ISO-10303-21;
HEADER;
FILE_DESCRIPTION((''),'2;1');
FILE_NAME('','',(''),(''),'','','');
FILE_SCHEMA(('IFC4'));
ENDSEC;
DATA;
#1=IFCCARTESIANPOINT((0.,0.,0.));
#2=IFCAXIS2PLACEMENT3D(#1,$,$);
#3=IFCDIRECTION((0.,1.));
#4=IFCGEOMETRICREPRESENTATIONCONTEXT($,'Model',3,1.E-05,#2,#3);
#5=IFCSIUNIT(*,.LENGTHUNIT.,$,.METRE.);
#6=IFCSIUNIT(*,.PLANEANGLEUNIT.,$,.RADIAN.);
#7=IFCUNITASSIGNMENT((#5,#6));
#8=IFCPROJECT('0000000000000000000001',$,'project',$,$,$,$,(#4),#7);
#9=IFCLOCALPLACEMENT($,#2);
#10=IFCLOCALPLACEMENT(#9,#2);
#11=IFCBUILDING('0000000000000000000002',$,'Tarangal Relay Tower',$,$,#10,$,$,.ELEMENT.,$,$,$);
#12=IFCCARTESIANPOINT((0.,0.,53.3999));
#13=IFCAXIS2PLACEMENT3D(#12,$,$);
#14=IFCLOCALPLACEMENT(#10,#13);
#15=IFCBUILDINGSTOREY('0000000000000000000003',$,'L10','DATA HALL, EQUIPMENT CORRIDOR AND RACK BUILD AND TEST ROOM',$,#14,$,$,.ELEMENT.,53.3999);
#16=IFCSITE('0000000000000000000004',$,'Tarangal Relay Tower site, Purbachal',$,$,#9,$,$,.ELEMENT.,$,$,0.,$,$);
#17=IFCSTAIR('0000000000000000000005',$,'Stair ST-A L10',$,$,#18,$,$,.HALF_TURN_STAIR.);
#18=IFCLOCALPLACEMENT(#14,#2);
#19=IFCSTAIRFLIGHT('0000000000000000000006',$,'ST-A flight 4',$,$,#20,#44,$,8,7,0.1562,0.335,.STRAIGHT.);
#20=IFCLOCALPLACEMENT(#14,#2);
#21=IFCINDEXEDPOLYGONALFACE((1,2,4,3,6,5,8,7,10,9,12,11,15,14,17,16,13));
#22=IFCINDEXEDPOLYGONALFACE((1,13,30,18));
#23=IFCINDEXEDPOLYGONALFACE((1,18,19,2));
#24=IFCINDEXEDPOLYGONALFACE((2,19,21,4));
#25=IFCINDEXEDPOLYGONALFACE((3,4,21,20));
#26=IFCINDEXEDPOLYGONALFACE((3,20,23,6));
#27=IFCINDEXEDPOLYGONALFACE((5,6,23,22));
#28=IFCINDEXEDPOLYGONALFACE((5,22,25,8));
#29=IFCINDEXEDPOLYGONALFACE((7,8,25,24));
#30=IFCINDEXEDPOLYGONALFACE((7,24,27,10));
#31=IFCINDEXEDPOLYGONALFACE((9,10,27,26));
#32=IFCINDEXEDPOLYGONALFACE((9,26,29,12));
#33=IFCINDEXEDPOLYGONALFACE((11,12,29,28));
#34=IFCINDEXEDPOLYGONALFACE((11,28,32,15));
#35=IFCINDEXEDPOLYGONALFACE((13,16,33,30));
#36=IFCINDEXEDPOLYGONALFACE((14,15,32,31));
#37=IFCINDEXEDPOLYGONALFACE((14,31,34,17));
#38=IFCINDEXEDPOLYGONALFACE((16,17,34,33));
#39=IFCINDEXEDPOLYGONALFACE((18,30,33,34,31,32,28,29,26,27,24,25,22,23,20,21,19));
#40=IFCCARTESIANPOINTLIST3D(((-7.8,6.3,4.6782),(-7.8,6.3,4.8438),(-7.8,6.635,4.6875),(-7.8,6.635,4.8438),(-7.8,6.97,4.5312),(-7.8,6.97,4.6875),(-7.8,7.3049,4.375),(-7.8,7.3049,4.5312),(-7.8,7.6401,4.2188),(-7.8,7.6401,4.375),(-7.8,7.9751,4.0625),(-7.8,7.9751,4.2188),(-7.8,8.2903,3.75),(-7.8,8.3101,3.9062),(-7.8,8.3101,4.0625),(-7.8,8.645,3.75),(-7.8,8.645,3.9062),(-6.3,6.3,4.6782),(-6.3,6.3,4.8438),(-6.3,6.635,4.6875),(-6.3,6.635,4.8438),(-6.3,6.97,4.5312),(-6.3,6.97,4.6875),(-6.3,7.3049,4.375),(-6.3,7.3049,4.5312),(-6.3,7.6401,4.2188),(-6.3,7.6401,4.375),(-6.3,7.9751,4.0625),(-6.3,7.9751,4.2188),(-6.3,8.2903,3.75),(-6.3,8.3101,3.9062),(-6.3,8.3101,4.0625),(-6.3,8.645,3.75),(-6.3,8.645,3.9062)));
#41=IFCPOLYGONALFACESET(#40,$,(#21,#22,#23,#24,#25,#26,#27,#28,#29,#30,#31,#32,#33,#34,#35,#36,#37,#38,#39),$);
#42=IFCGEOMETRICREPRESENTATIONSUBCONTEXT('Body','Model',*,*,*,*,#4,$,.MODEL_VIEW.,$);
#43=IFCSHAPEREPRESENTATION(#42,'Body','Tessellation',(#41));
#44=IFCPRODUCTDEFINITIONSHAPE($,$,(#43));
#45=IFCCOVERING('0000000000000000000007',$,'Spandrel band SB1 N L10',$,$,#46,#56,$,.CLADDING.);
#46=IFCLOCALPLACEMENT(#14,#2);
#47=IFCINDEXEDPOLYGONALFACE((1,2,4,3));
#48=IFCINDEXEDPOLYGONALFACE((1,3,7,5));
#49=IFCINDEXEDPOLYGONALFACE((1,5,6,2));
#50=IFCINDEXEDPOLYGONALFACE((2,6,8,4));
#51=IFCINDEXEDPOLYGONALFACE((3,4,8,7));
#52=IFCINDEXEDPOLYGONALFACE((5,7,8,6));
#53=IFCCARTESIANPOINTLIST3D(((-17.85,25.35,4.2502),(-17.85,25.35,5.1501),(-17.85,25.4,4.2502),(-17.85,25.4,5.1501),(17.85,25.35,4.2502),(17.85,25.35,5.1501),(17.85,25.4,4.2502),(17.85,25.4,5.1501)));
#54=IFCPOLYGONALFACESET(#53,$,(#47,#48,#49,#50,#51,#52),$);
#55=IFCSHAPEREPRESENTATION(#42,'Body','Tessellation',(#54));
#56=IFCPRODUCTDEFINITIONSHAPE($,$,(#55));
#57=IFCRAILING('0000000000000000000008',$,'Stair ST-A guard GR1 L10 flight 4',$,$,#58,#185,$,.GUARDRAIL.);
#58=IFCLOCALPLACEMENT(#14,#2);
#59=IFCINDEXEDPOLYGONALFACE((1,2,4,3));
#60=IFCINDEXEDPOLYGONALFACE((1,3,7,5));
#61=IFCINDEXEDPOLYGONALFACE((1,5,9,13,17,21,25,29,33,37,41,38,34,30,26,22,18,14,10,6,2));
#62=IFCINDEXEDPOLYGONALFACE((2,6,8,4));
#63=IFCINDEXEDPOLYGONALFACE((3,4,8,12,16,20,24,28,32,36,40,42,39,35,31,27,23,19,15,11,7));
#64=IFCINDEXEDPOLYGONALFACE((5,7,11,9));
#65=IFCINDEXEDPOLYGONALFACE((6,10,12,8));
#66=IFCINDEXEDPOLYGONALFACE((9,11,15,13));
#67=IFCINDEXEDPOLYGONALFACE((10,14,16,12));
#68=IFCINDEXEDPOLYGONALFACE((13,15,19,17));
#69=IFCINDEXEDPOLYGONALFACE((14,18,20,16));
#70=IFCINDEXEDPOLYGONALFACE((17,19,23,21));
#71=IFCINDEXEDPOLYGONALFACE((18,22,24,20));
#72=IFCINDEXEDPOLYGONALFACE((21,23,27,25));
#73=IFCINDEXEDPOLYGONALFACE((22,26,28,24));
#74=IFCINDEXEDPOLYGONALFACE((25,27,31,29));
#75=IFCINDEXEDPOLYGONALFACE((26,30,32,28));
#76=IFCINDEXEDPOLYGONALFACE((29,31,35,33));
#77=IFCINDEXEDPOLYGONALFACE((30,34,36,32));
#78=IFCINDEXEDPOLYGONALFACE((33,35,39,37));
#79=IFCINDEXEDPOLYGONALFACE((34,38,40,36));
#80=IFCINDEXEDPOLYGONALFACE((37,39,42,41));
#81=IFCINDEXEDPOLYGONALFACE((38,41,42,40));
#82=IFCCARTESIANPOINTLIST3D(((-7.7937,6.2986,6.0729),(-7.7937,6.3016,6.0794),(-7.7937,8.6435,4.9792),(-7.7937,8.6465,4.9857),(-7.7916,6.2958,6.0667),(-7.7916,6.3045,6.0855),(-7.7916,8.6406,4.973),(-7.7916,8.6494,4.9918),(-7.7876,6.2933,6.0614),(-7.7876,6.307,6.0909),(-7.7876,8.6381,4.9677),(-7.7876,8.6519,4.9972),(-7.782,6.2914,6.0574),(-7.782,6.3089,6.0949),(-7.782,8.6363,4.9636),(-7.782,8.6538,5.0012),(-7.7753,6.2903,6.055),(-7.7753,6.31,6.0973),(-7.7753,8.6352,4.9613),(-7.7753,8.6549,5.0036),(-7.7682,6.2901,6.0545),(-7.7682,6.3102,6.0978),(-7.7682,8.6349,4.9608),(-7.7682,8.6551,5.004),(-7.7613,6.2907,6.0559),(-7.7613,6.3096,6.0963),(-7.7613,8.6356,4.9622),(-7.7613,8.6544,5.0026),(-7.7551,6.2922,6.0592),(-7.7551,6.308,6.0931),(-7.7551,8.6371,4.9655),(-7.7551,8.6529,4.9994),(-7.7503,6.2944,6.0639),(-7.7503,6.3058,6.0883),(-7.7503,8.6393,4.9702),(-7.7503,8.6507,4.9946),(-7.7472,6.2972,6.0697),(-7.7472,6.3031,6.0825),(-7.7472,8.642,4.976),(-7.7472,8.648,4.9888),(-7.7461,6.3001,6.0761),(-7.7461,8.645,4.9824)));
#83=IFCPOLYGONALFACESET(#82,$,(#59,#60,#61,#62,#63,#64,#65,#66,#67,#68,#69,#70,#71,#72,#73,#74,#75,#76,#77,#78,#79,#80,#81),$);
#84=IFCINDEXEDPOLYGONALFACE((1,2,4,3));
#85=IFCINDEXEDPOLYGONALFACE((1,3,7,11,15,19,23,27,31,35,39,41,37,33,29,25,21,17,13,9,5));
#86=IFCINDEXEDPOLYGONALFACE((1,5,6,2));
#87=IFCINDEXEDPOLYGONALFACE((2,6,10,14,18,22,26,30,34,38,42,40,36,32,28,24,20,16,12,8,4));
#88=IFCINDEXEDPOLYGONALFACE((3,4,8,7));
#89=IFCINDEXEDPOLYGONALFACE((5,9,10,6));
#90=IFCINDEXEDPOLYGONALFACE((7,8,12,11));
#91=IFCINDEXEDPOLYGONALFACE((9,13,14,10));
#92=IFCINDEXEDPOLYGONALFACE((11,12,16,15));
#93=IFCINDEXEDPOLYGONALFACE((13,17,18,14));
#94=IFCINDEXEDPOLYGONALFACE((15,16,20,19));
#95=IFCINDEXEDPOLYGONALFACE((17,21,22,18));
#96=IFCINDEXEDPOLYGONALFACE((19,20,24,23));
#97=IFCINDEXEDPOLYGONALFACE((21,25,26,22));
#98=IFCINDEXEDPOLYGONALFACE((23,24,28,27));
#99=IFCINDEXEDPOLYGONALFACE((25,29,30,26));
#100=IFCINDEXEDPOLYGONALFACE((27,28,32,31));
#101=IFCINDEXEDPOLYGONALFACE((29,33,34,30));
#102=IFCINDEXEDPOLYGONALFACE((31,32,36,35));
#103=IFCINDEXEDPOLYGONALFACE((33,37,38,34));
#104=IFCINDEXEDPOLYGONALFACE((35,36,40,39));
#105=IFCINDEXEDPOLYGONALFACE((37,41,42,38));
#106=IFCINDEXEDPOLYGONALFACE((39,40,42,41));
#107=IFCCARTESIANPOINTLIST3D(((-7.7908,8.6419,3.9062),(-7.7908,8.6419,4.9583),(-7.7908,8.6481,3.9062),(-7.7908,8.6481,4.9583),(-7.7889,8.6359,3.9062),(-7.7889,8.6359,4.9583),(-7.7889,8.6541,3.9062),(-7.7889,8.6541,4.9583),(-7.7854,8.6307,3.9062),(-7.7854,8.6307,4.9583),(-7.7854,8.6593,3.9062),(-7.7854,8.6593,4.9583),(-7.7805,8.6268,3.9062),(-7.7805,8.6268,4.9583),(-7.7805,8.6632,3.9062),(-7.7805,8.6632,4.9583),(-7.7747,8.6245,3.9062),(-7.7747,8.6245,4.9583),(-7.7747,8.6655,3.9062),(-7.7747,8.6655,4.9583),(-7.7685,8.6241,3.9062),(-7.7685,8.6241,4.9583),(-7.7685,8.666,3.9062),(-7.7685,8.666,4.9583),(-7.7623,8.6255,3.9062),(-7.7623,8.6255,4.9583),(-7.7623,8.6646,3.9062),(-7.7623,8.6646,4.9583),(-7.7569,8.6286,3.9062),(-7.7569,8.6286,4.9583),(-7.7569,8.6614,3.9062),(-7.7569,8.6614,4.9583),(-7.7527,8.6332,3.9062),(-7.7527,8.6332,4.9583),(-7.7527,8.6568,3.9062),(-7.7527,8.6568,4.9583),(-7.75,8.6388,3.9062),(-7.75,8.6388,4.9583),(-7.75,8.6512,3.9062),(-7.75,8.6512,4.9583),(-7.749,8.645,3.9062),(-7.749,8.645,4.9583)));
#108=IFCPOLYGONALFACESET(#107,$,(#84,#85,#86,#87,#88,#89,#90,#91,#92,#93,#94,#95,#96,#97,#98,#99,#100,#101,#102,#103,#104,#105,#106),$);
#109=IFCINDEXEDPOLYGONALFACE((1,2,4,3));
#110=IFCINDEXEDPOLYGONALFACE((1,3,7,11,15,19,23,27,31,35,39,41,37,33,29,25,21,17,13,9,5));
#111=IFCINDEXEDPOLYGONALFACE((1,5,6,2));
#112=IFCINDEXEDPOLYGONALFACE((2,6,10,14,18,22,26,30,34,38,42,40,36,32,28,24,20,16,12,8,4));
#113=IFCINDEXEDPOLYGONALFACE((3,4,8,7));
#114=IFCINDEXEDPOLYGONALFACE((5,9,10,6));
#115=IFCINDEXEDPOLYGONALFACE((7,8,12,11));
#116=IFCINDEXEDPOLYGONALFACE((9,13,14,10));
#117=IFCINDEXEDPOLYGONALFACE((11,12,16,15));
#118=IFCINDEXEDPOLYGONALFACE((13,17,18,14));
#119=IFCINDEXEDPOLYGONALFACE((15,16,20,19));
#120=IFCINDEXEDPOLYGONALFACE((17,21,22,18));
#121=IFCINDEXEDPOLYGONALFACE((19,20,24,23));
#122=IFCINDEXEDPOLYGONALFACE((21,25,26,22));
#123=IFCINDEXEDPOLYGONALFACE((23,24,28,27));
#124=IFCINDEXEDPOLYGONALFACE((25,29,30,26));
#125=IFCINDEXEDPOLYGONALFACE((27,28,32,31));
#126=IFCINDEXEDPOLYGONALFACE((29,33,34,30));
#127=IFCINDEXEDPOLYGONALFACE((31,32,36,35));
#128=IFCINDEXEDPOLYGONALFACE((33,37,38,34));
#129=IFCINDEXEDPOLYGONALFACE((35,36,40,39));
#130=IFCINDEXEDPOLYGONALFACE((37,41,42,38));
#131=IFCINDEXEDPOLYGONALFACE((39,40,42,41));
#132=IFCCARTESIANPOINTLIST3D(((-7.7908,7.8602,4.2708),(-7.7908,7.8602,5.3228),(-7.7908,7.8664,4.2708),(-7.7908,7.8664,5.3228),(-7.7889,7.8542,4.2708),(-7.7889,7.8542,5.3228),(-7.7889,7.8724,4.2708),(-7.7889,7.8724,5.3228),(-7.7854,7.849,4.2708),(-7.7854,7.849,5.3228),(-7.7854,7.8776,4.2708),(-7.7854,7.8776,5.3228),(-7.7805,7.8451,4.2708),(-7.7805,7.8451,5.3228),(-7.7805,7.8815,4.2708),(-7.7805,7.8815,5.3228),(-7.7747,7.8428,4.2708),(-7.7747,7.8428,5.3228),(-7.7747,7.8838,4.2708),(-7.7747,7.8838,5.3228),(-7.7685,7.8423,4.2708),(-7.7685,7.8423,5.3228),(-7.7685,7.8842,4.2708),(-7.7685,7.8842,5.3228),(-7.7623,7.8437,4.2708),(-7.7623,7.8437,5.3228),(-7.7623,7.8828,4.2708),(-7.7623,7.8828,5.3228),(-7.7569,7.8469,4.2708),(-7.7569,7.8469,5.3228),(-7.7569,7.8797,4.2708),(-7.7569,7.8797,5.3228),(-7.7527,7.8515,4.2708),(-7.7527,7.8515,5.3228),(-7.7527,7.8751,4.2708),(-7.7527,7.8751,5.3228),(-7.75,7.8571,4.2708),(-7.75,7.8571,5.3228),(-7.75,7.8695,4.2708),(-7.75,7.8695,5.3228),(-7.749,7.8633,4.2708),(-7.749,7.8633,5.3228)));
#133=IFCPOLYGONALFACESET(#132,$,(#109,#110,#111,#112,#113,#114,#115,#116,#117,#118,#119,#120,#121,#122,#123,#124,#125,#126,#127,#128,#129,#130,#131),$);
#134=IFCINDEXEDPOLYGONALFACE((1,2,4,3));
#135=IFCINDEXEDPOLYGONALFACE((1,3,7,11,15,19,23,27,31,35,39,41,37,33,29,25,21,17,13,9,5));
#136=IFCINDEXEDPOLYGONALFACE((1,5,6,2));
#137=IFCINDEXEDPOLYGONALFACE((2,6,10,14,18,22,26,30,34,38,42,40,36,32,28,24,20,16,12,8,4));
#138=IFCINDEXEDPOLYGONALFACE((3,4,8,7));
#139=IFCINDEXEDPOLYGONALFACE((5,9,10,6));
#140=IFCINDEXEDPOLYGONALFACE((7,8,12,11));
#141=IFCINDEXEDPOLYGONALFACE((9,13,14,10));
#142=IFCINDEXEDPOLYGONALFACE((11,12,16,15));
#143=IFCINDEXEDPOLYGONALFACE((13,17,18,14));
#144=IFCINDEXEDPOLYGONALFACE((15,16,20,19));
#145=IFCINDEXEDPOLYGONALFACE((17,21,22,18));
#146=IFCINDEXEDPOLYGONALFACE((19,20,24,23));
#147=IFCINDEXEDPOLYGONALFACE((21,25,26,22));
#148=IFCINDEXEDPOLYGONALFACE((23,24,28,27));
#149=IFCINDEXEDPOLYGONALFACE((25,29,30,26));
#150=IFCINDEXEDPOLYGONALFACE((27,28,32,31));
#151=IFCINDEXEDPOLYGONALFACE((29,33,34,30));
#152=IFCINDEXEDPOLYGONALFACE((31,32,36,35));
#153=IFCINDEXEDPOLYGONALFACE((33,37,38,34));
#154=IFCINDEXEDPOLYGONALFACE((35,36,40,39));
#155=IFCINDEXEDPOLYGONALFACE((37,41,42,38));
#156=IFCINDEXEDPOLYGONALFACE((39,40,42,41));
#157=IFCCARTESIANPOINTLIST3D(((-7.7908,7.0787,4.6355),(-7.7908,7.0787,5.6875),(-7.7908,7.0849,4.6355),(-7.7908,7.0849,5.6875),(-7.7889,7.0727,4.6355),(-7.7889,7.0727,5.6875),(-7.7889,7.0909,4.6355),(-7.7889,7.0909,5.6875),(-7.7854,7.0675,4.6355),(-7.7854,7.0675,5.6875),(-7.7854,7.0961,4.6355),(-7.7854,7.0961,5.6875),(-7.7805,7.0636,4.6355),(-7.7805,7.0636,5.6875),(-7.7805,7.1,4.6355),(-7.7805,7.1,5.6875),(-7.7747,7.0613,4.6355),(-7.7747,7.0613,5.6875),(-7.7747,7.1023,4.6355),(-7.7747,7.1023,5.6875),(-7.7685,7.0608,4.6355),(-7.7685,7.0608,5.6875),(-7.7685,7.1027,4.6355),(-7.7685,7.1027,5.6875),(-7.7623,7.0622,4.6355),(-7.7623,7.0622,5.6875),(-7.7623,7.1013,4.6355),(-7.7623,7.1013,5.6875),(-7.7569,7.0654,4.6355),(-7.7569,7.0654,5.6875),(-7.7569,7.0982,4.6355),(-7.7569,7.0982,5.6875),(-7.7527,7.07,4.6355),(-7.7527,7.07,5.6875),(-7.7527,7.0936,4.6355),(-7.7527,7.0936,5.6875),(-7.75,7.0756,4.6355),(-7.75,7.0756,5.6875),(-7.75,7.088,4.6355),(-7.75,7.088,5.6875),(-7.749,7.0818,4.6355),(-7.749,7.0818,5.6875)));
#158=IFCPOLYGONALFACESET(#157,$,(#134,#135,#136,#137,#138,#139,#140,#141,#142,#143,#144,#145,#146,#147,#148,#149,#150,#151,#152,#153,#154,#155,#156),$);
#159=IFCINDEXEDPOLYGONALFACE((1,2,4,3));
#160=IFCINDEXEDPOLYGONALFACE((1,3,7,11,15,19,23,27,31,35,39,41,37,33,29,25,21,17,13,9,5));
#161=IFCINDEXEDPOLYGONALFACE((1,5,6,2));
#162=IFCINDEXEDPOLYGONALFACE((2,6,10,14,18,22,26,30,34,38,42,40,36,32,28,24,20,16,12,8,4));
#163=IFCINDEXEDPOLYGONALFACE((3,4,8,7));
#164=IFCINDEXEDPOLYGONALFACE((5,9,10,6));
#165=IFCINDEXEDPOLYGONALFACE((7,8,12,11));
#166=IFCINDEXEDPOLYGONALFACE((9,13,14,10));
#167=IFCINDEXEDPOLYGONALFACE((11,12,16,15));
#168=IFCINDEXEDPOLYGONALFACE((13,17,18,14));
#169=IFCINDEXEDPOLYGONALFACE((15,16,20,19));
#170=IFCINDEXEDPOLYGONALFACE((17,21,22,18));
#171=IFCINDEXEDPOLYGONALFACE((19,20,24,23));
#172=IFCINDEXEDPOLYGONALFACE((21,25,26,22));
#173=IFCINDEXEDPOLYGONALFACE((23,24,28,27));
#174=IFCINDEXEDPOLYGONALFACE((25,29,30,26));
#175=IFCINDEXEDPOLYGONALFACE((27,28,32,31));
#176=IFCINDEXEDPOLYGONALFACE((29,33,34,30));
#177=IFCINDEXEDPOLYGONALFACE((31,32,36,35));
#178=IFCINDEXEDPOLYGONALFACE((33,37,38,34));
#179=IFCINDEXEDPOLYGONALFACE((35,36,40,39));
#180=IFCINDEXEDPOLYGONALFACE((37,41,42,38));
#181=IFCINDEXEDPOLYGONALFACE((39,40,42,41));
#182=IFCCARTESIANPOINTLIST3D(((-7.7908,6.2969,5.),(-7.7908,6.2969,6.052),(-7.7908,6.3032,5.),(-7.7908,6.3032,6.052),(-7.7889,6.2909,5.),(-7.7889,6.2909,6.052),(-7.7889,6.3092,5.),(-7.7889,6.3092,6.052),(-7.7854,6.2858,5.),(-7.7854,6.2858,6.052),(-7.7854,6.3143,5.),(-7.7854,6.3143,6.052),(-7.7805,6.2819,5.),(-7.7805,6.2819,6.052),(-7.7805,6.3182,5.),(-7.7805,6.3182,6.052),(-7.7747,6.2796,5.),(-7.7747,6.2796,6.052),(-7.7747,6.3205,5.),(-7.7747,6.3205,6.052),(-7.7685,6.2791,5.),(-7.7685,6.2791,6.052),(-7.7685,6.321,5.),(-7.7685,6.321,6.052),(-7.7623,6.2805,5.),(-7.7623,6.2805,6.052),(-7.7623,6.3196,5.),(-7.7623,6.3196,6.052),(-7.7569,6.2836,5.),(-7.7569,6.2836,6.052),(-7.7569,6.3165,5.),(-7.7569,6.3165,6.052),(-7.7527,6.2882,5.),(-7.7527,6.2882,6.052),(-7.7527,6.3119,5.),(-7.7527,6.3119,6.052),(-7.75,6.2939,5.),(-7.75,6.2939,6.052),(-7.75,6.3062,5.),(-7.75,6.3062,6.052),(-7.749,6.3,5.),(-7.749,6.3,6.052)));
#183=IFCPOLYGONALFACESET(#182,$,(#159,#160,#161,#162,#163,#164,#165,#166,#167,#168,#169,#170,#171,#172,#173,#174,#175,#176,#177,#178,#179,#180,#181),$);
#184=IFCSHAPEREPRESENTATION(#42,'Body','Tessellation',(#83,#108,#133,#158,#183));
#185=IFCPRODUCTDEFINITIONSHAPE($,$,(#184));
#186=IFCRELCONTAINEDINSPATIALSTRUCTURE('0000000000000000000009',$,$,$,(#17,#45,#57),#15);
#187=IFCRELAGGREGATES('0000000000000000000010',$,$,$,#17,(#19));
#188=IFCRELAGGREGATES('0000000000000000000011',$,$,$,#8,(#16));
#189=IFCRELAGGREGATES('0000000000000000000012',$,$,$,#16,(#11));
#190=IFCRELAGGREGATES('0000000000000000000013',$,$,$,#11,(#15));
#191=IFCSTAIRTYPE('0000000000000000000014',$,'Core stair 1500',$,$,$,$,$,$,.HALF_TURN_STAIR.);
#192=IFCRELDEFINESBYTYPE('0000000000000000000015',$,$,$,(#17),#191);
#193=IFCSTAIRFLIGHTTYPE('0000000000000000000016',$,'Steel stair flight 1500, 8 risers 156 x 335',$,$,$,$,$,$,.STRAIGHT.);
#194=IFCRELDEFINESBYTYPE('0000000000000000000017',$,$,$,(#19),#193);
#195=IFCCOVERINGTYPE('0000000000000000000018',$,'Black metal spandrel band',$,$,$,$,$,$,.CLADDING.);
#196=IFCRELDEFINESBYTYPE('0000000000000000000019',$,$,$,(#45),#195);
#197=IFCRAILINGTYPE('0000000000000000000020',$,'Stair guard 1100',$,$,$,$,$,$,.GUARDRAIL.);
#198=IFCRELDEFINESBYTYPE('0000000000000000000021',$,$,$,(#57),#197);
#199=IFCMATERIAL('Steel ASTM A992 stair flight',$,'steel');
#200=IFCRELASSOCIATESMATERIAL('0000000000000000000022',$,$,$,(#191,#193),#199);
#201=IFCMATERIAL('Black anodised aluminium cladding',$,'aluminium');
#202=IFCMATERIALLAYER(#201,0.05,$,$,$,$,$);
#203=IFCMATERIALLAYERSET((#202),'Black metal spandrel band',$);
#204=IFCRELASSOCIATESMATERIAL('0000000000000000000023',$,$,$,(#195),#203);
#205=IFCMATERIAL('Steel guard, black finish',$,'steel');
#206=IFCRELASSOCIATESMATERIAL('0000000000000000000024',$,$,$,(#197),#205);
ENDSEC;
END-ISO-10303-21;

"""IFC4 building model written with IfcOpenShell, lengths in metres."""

from ifc_helpers import new_model, si_unit, direction, frame, origin, origin_2d, place, context, subcontext, project, spatial, polyline, rectangle, circle, outline, extrude, material, layer, layer_set, type_object, element, aggregate, save


model = new_model("IFC4")

# Units and contexts
model_context = context("Model", 3, precision=1e-05, world=origin(), true_north=direction((0.0, 1.0)))
body_context = subcontext(model_context, "Body", "Model", "MODEL_VIEW")
ifc_project = project(units=[si_unit("LENGTHUNIT", "METRE"), si_unit("PLANEANGLEUNIT", "RADIAN")], contexts=[model_context])

# Site, building, storey
site_placement = place(None, origin())
site = spatial("IfcSite", under=ifc_project, at=site_placement, Name="Tarangal Relay Tower site, Purbachal", CompositionType="ELEMENT", RefElevation=0.0)
building_placement = place(site_placement, origin())
building = spatial("IfcBuilding", under=site, at=building_placement, Name="Tarangal Relay Tower", CompositionType="ELEMENT")
storey_placement = place(building_placement, frame((0.0, 0.0, 53.3999)))
storey = spatial("IfcBuildingStorey", under=building, at=storey_placement, Name="L10", Description="DATA HALL, EQUIPMENT CORRIDOR AND RACK BUILD AND TEST ROOM", CompositionType="ELEMENT", Elevation=53.3999)

# Stair, stair flight
ifc_material_1 = material(Name="Steel ASTM A992 stair flight", Category="steel")
stair_type = type_object("IfcStairType", Name="Core stair 1500", PredefinedType="HALF_TURN_STAIR", material=ifc_material_1)
stair_placement = place(storey_placement, origin())
stair = element("IfcStair", 1, at=stair_placement, inside=storey, type_object=stair_type, Name="Stair ST-A L10", PredefinedType="HALF_TURN_STAIR")
stair_flight_type = type_object("IfcStairFlightType", Name="Steel stair flight 1500, 8 risers 156 x 335", PredefinedType="STRAIGHT", material=ifc_material_1)
stair_flight_1_placement = place(storey_placement, frame((-7.05, 8.645, 3.75), z_axis=(0.0, 0.0, 1.0), x_axis=(0.0, -1.0, 0.0)))
stair_flight_1 = element("IfcStairFlight", 2, at=stair_flight_1_placement, type_object=stair_flight_type, Name="ST-A flight 4", NumberOfRisers=8, NumberOfTreads=7, PredefinedType="STRAIGHT", RiserHeight=0.1562, TreadLength=0.335, context=body_context, shape_type="SweptSolid", body=[
    extrude(outline(polyline([(0.0, 0.0), (0.0, 0.1562), (0.335, 0.1562), (0.335, 0.3125), (0.6699, 0.3125), (0.6699, 0.4688), (1.0049, 0.4688), (1.0049, 0.625), (1.3401, 0.625), (1.3401, 0.7812), (1.675, 0.7812), (1.675, 0.9375), (2.01, 0.9375), (2.01, 1.0938), (2.345, 1.0938), (2.345, 1.25), (2.345, 0.9282), (0.3547, 0.0), (0.0, 0.0)])), frame((0.0, 0.75, 0.0), z_axis=(0.0, -1.0, 0.0), x_axis=(1.0, 0.0, 0.0)), (0.0, 0.0, 1.0), 1.5),
])
aggregate(stair, [stair_flight_1])

# Covering
ifc_material_2 = material(Name="Black anodised aluminium cladding", Category="aluminium")
ifc_layer_1 = layer(ifc_material_2, 0.05)
ifc_layer_set_1 = layer_set([ifc_layer_1], Name="Black metal spandrel band")
covering_type = type_object("IfcCoveringType", Name="Black metal spandrel band", PredefinedType="CLADDING", material=ifc_layer_set_1)
covering_placement = place(storey_placement, frame((0.0, 25.375, 4.2502), z_axis=(0.0, 0.0, 1.0), x_axis=(1.0, 0.0, 0.0)))
element("IfcCovering", 3, at=covering_placement, inside=storey, type_object=covering_type, Name="Spandrel band SB1 N L10", PredefinedType="CLADDING", context=body_context, shape_type="SweptSolid", body=[
    extrude(rectangle(XDim=35.7, YDim=0.05, at=origin_2d()), origin(), (0.0, 0.0, 1.0), 0.8999),
])

# Railing
ifc_material_3 = material(Name="Steel guard, black finish", Category="steel")
railing_type_1 = type_object("IfcRailingType", Name="Stair guard 1100", PredefinedType="GUARDRAIL", material=ifc_material_3)
railing_placement = place(storey_placement, frame((-7.77, 8.645, 3.9062)))
element("IfcRailing", 4, at=railing_placement, inside=storey, type_object=railing_type_1, Name="Stair ST-A guard GR1 L10 flight 4", PredefinedType="GUARDRAIL", context=body_context, shape_type="SweptSolid", body=[
    extrude(circle(Radius=0.0239, at=origin_2d()), frame((0.0, 0.0, 1.0762), z_axis=(0.0, -0.906267, 0.422705), x_axis=(1.0, 0.0, 0.0)), (0.0, 0.0, 1.0), 2.5874),
    extrude(circle(Radius=0.021, at=origin_2d()), origin(), (0.0, 0.0, 1.0), 1.052),
    extrude(circle(Radius=0.021, at=origin_2d()), frame((0.0, -0.7817, 0.3645)), (0.0, 0.0, 1.0), 1.052),
    extrude(circle(Radius=0.021, at=origin_2d()), frame((0.0, -1.5632, 0.7292)), (0.0, 0.0, 1.0), 1.052),
    extrude(circle(Radius=0.021, at=origin_2d()), frame((0.0, -2.345, 1.0938)), (0.0, 0.0, 1.0), 1.052),
])

save(model, "model.ifc")
